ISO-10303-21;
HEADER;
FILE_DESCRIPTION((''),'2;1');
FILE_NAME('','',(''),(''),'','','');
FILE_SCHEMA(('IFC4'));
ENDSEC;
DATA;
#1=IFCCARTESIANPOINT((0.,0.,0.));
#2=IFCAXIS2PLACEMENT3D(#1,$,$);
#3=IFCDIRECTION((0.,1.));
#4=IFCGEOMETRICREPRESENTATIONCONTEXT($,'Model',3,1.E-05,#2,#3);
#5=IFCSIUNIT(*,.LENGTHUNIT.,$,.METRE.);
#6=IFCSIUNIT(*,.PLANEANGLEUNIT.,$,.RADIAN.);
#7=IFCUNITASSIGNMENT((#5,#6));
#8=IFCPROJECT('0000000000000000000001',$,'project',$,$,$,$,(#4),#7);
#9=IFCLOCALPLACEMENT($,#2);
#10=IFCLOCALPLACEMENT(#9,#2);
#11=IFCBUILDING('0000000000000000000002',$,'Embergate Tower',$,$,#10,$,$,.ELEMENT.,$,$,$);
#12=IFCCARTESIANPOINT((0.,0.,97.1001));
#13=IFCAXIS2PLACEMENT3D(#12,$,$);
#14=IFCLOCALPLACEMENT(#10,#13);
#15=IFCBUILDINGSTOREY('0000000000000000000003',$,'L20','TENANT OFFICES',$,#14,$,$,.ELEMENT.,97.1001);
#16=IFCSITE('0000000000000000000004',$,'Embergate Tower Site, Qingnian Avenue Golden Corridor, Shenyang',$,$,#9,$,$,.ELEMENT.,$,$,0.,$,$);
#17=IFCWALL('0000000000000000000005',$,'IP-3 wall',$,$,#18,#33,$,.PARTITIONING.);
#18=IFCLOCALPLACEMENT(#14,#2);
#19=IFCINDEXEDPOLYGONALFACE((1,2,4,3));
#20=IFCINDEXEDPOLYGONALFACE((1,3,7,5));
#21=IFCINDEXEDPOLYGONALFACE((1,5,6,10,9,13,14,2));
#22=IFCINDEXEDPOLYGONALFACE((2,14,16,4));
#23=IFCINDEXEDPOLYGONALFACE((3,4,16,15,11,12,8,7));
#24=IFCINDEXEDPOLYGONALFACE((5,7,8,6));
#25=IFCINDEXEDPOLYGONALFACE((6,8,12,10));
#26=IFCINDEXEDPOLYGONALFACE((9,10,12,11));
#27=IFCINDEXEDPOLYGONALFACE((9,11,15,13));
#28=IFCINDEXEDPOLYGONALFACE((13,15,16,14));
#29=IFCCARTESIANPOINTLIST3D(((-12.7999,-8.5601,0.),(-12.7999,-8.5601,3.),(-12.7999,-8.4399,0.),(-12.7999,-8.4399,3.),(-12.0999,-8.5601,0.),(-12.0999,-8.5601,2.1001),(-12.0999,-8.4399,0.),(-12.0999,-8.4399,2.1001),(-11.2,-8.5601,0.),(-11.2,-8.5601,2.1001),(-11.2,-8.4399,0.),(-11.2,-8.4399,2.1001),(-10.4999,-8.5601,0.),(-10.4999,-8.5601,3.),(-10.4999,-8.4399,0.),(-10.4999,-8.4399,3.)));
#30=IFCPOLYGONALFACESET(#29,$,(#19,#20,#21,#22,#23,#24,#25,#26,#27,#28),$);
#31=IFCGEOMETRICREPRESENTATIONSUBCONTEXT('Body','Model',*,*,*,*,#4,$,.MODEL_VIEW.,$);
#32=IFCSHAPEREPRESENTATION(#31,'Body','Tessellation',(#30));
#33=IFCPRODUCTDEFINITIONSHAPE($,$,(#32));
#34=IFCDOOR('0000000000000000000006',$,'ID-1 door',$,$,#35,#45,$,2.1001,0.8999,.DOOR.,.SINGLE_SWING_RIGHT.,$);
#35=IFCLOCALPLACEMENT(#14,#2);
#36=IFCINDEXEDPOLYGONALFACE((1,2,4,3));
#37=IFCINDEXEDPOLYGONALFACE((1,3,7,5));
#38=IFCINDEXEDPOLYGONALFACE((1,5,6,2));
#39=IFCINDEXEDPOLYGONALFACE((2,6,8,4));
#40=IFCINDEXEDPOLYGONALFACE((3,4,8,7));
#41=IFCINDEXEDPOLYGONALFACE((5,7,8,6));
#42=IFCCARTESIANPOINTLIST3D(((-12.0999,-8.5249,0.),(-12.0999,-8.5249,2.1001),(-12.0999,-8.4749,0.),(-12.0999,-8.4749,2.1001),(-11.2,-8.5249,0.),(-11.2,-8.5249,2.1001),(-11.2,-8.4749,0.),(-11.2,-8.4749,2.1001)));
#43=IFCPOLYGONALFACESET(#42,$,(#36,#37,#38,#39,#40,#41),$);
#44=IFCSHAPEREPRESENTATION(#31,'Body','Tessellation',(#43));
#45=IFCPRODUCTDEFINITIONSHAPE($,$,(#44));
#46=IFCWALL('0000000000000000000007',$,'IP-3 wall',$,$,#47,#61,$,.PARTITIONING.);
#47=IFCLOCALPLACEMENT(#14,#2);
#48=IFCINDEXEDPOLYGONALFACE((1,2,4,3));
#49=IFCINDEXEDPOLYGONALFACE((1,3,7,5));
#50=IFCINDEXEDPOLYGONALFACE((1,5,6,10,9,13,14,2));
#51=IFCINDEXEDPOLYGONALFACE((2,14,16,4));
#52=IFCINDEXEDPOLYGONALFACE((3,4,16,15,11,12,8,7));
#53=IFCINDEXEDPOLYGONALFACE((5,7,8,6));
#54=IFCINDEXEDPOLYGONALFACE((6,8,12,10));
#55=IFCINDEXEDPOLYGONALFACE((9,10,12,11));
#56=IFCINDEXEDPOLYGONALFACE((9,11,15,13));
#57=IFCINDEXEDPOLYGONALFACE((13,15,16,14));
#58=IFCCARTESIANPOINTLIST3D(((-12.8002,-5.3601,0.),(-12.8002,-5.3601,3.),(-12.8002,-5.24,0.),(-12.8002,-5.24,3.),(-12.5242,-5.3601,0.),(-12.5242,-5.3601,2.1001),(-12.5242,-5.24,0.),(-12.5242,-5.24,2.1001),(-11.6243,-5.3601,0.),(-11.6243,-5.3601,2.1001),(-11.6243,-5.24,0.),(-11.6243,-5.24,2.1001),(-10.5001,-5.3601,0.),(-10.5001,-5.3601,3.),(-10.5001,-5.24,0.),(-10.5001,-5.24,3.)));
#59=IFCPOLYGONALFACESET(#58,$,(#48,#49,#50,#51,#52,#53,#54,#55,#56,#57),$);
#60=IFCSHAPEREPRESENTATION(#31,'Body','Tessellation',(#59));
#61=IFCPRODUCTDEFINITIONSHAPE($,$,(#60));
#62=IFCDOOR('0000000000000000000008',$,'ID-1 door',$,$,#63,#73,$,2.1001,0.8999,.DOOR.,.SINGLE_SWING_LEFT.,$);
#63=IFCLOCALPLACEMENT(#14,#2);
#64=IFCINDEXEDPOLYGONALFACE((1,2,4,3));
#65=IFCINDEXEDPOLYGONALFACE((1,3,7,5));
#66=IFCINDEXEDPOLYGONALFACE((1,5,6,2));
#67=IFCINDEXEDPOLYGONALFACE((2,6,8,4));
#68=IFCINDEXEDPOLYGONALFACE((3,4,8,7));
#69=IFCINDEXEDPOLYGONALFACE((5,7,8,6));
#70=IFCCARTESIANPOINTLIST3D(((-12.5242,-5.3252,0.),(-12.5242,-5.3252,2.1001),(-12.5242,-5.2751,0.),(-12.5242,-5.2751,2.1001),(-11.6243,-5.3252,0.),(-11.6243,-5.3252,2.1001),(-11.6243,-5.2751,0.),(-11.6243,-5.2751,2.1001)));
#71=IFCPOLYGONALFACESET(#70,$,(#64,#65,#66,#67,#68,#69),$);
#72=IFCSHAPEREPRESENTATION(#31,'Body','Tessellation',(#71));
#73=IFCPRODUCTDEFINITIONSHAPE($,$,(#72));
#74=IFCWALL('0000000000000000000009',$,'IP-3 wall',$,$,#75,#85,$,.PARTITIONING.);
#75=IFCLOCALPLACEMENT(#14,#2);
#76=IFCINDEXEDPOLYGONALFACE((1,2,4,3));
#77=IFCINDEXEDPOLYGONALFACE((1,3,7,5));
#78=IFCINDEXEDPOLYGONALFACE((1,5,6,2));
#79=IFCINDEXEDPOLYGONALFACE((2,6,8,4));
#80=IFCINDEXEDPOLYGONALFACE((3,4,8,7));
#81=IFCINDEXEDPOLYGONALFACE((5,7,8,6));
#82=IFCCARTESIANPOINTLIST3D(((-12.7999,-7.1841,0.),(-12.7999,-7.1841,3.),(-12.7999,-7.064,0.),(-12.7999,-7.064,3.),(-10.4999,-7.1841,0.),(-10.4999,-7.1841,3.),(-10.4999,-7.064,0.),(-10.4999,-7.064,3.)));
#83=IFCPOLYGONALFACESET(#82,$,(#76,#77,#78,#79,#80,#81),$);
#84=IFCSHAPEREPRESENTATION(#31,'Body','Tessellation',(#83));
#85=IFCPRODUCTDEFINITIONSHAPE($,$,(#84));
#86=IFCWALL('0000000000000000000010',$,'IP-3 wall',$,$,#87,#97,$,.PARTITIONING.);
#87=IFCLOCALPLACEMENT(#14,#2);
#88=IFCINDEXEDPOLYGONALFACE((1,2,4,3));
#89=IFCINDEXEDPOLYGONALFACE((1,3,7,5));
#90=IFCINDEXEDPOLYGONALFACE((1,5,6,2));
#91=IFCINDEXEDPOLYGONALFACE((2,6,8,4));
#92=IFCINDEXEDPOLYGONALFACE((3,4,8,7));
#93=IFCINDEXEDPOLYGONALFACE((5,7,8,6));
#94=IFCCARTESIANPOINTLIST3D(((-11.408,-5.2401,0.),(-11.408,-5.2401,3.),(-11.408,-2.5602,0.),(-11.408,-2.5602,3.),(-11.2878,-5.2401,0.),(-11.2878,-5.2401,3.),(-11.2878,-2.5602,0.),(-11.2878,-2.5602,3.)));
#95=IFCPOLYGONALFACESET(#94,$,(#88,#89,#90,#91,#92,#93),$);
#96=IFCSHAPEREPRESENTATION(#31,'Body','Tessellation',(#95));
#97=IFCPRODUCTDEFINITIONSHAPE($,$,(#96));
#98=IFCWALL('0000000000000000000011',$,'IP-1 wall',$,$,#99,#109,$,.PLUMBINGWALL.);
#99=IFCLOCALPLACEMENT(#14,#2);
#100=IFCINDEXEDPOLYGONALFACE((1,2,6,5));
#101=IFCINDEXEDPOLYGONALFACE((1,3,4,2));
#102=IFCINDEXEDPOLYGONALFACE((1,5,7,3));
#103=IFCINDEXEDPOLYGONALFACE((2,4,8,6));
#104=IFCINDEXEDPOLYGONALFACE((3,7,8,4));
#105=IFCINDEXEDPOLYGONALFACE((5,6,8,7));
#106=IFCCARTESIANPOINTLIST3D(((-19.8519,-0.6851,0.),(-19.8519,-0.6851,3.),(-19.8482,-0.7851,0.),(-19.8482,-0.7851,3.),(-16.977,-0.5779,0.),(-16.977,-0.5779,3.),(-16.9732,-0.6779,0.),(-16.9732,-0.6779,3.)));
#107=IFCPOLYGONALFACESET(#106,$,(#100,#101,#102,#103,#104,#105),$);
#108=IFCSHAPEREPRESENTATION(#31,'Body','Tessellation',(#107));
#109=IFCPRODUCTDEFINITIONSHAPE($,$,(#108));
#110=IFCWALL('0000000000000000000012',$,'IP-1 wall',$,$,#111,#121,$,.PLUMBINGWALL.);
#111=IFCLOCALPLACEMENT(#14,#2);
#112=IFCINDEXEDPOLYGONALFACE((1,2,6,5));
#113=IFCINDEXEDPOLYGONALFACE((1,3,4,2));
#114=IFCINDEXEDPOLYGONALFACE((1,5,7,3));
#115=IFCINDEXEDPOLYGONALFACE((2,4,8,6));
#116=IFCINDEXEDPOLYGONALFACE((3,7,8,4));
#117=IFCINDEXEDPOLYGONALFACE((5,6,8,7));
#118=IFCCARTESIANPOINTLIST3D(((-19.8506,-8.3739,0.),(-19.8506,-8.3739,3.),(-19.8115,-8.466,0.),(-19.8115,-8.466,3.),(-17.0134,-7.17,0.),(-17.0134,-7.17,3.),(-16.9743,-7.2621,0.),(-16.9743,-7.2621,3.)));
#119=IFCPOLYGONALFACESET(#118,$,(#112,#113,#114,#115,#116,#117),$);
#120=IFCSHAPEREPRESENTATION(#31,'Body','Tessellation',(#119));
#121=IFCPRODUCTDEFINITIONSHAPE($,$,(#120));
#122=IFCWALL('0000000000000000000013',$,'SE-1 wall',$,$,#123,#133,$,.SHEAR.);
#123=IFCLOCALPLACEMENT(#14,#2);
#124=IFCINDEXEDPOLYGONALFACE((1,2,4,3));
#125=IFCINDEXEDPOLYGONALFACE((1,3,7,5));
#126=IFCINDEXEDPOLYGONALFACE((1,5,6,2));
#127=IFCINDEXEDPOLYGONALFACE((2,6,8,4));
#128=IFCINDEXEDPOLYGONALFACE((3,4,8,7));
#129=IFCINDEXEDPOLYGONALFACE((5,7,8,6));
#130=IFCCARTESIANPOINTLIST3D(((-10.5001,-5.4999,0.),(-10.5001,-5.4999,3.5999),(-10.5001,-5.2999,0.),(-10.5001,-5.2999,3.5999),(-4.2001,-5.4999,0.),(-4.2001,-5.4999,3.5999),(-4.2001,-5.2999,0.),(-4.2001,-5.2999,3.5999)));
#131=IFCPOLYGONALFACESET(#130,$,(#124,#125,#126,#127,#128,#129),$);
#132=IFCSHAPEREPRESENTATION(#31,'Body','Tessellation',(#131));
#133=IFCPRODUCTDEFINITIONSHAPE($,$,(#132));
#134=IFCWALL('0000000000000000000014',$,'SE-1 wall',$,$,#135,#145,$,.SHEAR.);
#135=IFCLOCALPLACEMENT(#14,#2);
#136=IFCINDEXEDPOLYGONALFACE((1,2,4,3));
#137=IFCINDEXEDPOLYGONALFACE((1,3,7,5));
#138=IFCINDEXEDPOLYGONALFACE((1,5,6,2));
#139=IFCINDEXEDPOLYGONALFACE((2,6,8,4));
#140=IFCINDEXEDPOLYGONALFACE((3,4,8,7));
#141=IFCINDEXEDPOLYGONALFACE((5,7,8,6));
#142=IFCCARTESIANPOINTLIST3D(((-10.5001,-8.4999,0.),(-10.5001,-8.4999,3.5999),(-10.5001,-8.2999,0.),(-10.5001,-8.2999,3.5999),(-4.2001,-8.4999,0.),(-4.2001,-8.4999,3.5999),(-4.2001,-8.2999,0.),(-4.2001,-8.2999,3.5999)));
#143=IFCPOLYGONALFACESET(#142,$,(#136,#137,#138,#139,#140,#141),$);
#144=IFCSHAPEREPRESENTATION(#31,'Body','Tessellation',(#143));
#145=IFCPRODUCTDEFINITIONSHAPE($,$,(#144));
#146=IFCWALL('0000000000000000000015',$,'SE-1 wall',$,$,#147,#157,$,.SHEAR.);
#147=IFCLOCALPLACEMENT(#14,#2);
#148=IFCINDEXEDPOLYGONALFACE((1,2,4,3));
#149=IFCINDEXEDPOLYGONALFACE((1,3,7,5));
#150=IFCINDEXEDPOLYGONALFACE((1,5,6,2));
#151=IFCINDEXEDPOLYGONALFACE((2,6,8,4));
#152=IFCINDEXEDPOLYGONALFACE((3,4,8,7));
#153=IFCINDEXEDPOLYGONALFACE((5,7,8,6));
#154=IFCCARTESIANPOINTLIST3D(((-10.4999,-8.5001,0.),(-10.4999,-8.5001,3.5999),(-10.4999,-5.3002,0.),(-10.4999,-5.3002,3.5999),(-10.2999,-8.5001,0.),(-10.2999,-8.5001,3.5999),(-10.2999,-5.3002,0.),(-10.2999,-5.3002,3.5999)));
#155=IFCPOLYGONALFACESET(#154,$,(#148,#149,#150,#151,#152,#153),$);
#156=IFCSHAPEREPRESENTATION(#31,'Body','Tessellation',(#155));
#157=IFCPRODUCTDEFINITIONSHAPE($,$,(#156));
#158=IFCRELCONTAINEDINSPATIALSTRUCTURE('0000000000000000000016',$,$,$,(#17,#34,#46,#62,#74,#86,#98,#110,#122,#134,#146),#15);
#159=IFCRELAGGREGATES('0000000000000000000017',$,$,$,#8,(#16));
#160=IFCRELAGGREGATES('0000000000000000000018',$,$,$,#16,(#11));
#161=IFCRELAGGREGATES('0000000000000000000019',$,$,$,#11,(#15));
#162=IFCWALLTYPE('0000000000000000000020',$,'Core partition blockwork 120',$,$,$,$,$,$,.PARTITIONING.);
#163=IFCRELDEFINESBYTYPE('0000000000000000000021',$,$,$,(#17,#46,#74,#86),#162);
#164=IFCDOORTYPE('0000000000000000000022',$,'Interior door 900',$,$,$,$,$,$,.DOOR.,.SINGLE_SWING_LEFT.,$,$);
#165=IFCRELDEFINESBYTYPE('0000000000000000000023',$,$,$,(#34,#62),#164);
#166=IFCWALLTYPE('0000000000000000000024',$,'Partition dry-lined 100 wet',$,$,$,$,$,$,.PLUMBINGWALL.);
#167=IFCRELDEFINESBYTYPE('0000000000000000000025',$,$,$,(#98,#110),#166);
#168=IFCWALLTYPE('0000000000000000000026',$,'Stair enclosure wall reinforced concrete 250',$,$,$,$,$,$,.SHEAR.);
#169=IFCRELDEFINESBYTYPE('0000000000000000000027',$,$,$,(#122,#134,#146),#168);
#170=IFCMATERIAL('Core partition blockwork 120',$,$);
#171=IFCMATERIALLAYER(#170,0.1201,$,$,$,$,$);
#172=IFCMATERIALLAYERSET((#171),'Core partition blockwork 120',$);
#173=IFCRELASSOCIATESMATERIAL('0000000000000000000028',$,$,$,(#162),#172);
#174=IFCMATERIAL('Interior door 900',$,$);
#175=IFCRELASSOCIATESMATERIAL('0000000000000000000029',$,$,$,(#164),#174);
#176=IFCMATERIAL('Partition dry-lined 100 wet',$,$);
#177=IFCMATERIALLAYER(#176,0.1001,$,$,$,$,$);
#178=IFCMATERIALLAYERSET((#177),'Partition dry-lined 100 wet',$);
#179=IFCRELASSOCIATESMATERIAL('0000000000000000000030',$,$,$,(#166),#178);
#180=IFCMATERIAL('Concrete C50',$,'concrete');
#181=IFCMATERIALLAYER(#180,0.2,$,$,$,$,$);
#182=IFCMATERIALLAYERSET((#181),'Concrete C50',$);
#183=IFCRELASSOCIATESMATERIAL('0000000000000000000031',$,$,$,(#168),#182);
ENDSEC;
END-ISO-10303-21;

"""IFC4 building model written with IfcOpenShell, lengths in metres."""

from ifc_helpers import new_model, si_unit, direction, frame, frame_2d, origin, place, context, subcontext, project, spatial, rectangle, extrude, source, transform, mapped, material, layer, layer_set, type_object, element, fill, save


model = new_model("IFC4")

# Units and contexts
model_context = context("Model", 3, precision=1e-05, world=origin(), true_north=direction((0.0, 1.0)))
body_context = subcontext(model_context, "Body", "Model", "MODEL_VIEW")
ifc_project = project(units=[si_unit("LENGTHUNIT", "METRE"), si_unit("PLANEANGLEUNIT", "RADIAN")], contexts=[model_context])

# Site, building, storey
site_placement = place(None, origin())
site = spatial("IfcSite", under=ifc_project, at=site_placement, Name="Embergate Tower Site, Qingnian Avenue Golden Corridor, Shenyang", CompositionType="ELEMENT", RefElevation=0.0)
building_placement = place(site_placement, origin())
building = spatial("IfcBuilding", under=site, at=building_placement, Name="Embergate Tower", CompositionType="ELEMENT")
storey_placement = place(building_placement, frame((0.0, 0.0, 97.1001)))
storey = spatial("IfcBuildingStorey", under=building, at=storey_placement, Name="L20", Description="TENANT OFFICES", CompositionType="ELEMENT", Elevation=97.1001)

# Shared definitions
ifc_material_1 = material(Name="Core partition blockwork 120")
ifc_layer_1 = layer(ifc_material_1, 0.1201)
ifc_layer_set_1 = layer_set([ifc_layer_1], Name="Core partition blockwork 120")
wall_type_1 = type_object("IfcWallType", Name="Core partition blockwork 120", PredefinedType="PARTITIONING", material=ifc_layer_set_1)

# Walls, openings, doors
shared_shape_1 = source(origin(), body_context, "Body", "SweptSolid", [
    extrude(rectangle(XDim=2.3, YDim=0.1201, at=frame_2d((1.1499, 0.0))), origin(), (0.0, 0.0, 1.0), 3.0),
])
wall_1_placement = place(storey_placement, frame((-10.5, -8.5, 0.0), z_axis=(0.0, 0.0, 1.0), x_axis=(-1.0, 0.0, 0.0)))
wall_1 = element("IfcWall", 1, at=wall_1_placement, inside=storey, type_object=wall_type_1, Name="IP-3 wall", PredefinedType="PARTITIONING", context=body_context, shape_type="MappedRepresentation", body=[
    mapped(shared_shape_1, transform((0.0, 0.0, 0.0))),
])
shared_shape_2 = source(origin(), body_context, "Body", "SweptSolid", [
    extrude(rectangle(XDim=0.8999, YDim=2.1001, at=frame_2d((0.45, 1.05))), frame((0.0, 0.0701, 0.0), z_axis=(0.0, -1.0, 0.0), x_axis=(1.0, 0.0, 0.0)), (0.0, 0.0, 1.0), 0.1401),
])
opening_1_placement = place(wall_1_placement, frame((0.7, 0.0, 0.0)))
opening_1 = element("IfcOpeningElement", 2, at=opening_1_placement, cuts=wall_1, PredefinedType="OPENING", context=body_context, shape_type="MappedRepresentation", body=[
    mapped(shared_shape_2, transform((0.0, 0.0, 0.0))),
])
ifc_material_2 = material(Name="Interior door 900")
door_type = type_object("IfcDoorType", Name="Interior door 900", OperationType="SINGLE_SWING_LEFT", PredefinedType="DOOR", material=ifc_material_2)
shared_shape_3 = source(origin(), body_context, "Body", "SweptSolid", [
    extrude(rectangle(XDim=0.8999, YDim=2.1001, at=frame_2d((0.45, 1.05))), frame((0.0, 0.0249, 0.0), z_axis=(0.0, -1.0, 0.0), x_axis=(1.0, 0.0, 0.0)), (0.0, 0.0, 1.0), 0.05),
])
door_1_placement = place(opening_1_placement, origin())
door_1 = element("IfcDoor", 3, at=door_1_placement, inside=storey, type_object=door_type, Name="ID-1 door", OperationType="SINGLE_SWING_RIGHT", OverallHeight=2.1001, OverallWidth=0.8999, PredefinedType="DOOR", context=body_context, shape_type="MappedRepresentation", body=[
    mapped(shared_shape_3, transform((0.0, 0.0, 0.0))),
])
fill(opening_1, door_1)
wall_2_placement = place(storey_placement, frame((-12.8, -5.3, 0.0), z_axis=(0.0, 0.0, 1.0), x_axis=(1.0, 0.0, 0.0)))
wall_2 = element("IfcWall", 4, at=wall_2_placement, inside=storey, type_object=wall_type_1, Name="IP-3 wall", PredefinedType="PARTITIONING", context=body_context, shape_type="MappedRepresentation", body=[
    mapped(shared_shape_1, transform((0.0, 0.0, 0.0))),
])
opening_2_placement = place(wall_2_placement, frame((0.2759, 0.0, 0.0)))
opening_2 = element("IfcOpeningElement", 5, at=opening_2_placement, cuts=wall_2, PredefinedType="OPENING", context=body_context, shape_type="MappedRepresentation", body=[
    mapped(shared_shape_2, transform((0.0, 0.0, 0.0))),
])
door_2_placement = place(opening_2_placement, origin())
door_2 = element("IfcDoor", 6, at=door_2_placement, inside=storey, type_object=door_type, Name="ID-1 door", OperationType="SINGLE_SWING_LEFT", OverallHeight=2.1001, OverallWidth=0.8999, PredefinedType="DOOR", context=body_context, shape_type="MappedRepresentation", body=[
    mapped(shared_shape_3, transform((0.0, 0.0, 0.0))),
])
fill(opening_2, door_2)

# Walls
wall_3_placement = place(storey_placement, frame((-10.5, -7.124, 0.0), z_axis=(0.0, 0.0, 1.0), x_axis=(-1.0, 0.0, 0.0)))
element("IfcWall", 7, at=wall_3_placement, inside=storey, type_object=wall_type_1, Name="IP-3 wall", PredefinedType="PARTITIONING", context=body_context, shape_type="MappedRepresentation", body=[
    mapped(shared_shape_1, transform((0.0, 0.0, 0.0))),
])
shared_shape_4 = source(origin(), body_context, "Body", "SweptSolid", [
    extrude(rectangle(XDim=2.6799, YDim=0.1201, at=frame_2d((1.3398, 0.0))), origin(), (0.0, 0.0, 1.0), 3.0),
])
wall_4_placement = place(storey_placement, frame((-11.3479, -5.24, 0.0), z_axis=(0.0, 0.0, 1.0), x_axis=(0.0, 1.0, 0.0)))
element("IfcWall", 8, at=wall_4_placement, inside=storey, type_object=wall_type_1, Name="IP-3 wall", PredefinedType="PARTITIONING", context=body_context, shape_type="MappedRepresentation", body=[
    mapped(shared_shape_4, transform((0.0, 0.0, 0.0))),
])
ifc_material_3 = material(Name="Partition dry-lined 100 wet")
ifc_layer_2 = layer(ifc_material_3, 0.1001)
ifc_layer_set_2 = layer_set([ifc_layer_2], Name="Partition dry-lined 100 wet")
wall_type_2 = type_object("IfcWallType", Name="Partition dry-lined 100 wet", PredefinedType="PLUMBINGWALL", material=ifc_layer_set_2)
shared_shape_5 = source(origin(), body_context, "Body", "SweptSolid", [
    extrude(rectangle(XDim=2.877, YDim=0.1001, at=frame_2d((1.4385, 0.0))), origin(), (0.0, 0.0, 1.0), 3.0),
])
wall_5_placement = place(storey_placement, frame((-16.9751, -0.6279, 0.0), z_axis=(0.0, 0.0, 1.0), x_axis=(-0.999306, -0.037253, 0.0)))
element("IfcWall", 9, at=wall_5_placement, inside=storey, type_object=wall_type_2, Name="IP-1 wall", PredefinedType="PLUMBINGWALL", context=body_context, shape_type="MappedRepresentation", body=[
    mapped(shared_shape_5, transform((0.0, 0.0, 0.0))),
])
shared_shape_6 = source(origin(), body_context, "Body", "SweptSolid", [
    extrude(rectangle(XDim=3.082, YDim=0.1001, at=frame_2d((1.541, 0.0))), origin(), (0.0, 0.0, 1.0), 3.0),
])
wall_6_placement = place(storey_placement, frame((-16.9939, -7.2161, 0.0), z_axis=(0.0, 0.0, 1.0), x_axis=(-0.920557, -0.390609, 0.0)))
element("IfcWall", 10, at=wall_6_placement, inside=storey, type_object=wall_type_2, Name="IP-1 wall", PredefinedType="PLUMBINGWALL", context=body_context, shape_type="MappedRepresentation", body=[
    mapped(shared_shape_6, transform((0.0, 0.0, 0.0))),
])
ifc_material_4 = material(Name="Concrete C50", Category="concrete")
ifc_layer_3 = layer(ifc_material_4, 0.2)
ifc_layer_set_3 = layer_set([ifc_layer_3], Name="Concrete C50")
wall_type_3 = type_object("IfcWallType", Name="Stair enclosure wall reinforced concrete 250", PredefinedType="SHEAR", material=ifc_layer_set_3)
shared_shape_7 = source(origin(), body_context, "Body", "SweptSolid", [
    extrude(rectangle(XDim=6.3, YDim=0.2, at=frame_2d((3.1499, 0.0))), origin(), (0.0, 0.0, 1.0), 3.5999),
])
for number, where, z_axis, x_axis, name in (
    (11, (-10.5, -5.3999, 0.0), (0.0, 0.0, 1.0), (1.0, 0.0, 0.0), "SE-1 wall"),
    (12, (-10.5, -8.3999, 0.0), (0.0, 0.0, 1.0), (1.0, 0.0, 0.0), "SE-1 wall"),
):
    element("IfcWall", number, at=place(storey_placement, frame(where, z_axis=z_axis, x_axis=x_axis)), inside=storey, type_object=wall_type_3, Name=name, PredefinedType="SHEAR", context=body_context, shape_type="MappedRepresentation", body=[
        mapped(shared_shape_7, transform((0.0, 0.0, 0.0))),
    ])
shared_shape_8 = source(origin(), body_context, "Body", "SweptSolid", [
    extrude(rectangle(XDim=3.2, YDim=0.2, at=frame_2d((1.6001, 0.0))), origin(), (0.0, 0.0, 1.0), 3.5999),
])
wall_7_placement = place(storey_placement, frame((-10.3999, -5.3, 0.0), z_axis=(0.0, 0.0, 1.0), x_axis=(0.0, -1.0, 0.0)))
element("IfcWall", 13, at=wall_7_placement, inside=storey, type_object=wall_type_3, Name="SE-1 wall", PredefinedType="SHEAR", context=body_context, shape_type="MappedRepresentation", body=[
    mapped(shared_shape_8, transform((0.0, 0.0, 0.0))),
])

save(model, "model.ifc")
